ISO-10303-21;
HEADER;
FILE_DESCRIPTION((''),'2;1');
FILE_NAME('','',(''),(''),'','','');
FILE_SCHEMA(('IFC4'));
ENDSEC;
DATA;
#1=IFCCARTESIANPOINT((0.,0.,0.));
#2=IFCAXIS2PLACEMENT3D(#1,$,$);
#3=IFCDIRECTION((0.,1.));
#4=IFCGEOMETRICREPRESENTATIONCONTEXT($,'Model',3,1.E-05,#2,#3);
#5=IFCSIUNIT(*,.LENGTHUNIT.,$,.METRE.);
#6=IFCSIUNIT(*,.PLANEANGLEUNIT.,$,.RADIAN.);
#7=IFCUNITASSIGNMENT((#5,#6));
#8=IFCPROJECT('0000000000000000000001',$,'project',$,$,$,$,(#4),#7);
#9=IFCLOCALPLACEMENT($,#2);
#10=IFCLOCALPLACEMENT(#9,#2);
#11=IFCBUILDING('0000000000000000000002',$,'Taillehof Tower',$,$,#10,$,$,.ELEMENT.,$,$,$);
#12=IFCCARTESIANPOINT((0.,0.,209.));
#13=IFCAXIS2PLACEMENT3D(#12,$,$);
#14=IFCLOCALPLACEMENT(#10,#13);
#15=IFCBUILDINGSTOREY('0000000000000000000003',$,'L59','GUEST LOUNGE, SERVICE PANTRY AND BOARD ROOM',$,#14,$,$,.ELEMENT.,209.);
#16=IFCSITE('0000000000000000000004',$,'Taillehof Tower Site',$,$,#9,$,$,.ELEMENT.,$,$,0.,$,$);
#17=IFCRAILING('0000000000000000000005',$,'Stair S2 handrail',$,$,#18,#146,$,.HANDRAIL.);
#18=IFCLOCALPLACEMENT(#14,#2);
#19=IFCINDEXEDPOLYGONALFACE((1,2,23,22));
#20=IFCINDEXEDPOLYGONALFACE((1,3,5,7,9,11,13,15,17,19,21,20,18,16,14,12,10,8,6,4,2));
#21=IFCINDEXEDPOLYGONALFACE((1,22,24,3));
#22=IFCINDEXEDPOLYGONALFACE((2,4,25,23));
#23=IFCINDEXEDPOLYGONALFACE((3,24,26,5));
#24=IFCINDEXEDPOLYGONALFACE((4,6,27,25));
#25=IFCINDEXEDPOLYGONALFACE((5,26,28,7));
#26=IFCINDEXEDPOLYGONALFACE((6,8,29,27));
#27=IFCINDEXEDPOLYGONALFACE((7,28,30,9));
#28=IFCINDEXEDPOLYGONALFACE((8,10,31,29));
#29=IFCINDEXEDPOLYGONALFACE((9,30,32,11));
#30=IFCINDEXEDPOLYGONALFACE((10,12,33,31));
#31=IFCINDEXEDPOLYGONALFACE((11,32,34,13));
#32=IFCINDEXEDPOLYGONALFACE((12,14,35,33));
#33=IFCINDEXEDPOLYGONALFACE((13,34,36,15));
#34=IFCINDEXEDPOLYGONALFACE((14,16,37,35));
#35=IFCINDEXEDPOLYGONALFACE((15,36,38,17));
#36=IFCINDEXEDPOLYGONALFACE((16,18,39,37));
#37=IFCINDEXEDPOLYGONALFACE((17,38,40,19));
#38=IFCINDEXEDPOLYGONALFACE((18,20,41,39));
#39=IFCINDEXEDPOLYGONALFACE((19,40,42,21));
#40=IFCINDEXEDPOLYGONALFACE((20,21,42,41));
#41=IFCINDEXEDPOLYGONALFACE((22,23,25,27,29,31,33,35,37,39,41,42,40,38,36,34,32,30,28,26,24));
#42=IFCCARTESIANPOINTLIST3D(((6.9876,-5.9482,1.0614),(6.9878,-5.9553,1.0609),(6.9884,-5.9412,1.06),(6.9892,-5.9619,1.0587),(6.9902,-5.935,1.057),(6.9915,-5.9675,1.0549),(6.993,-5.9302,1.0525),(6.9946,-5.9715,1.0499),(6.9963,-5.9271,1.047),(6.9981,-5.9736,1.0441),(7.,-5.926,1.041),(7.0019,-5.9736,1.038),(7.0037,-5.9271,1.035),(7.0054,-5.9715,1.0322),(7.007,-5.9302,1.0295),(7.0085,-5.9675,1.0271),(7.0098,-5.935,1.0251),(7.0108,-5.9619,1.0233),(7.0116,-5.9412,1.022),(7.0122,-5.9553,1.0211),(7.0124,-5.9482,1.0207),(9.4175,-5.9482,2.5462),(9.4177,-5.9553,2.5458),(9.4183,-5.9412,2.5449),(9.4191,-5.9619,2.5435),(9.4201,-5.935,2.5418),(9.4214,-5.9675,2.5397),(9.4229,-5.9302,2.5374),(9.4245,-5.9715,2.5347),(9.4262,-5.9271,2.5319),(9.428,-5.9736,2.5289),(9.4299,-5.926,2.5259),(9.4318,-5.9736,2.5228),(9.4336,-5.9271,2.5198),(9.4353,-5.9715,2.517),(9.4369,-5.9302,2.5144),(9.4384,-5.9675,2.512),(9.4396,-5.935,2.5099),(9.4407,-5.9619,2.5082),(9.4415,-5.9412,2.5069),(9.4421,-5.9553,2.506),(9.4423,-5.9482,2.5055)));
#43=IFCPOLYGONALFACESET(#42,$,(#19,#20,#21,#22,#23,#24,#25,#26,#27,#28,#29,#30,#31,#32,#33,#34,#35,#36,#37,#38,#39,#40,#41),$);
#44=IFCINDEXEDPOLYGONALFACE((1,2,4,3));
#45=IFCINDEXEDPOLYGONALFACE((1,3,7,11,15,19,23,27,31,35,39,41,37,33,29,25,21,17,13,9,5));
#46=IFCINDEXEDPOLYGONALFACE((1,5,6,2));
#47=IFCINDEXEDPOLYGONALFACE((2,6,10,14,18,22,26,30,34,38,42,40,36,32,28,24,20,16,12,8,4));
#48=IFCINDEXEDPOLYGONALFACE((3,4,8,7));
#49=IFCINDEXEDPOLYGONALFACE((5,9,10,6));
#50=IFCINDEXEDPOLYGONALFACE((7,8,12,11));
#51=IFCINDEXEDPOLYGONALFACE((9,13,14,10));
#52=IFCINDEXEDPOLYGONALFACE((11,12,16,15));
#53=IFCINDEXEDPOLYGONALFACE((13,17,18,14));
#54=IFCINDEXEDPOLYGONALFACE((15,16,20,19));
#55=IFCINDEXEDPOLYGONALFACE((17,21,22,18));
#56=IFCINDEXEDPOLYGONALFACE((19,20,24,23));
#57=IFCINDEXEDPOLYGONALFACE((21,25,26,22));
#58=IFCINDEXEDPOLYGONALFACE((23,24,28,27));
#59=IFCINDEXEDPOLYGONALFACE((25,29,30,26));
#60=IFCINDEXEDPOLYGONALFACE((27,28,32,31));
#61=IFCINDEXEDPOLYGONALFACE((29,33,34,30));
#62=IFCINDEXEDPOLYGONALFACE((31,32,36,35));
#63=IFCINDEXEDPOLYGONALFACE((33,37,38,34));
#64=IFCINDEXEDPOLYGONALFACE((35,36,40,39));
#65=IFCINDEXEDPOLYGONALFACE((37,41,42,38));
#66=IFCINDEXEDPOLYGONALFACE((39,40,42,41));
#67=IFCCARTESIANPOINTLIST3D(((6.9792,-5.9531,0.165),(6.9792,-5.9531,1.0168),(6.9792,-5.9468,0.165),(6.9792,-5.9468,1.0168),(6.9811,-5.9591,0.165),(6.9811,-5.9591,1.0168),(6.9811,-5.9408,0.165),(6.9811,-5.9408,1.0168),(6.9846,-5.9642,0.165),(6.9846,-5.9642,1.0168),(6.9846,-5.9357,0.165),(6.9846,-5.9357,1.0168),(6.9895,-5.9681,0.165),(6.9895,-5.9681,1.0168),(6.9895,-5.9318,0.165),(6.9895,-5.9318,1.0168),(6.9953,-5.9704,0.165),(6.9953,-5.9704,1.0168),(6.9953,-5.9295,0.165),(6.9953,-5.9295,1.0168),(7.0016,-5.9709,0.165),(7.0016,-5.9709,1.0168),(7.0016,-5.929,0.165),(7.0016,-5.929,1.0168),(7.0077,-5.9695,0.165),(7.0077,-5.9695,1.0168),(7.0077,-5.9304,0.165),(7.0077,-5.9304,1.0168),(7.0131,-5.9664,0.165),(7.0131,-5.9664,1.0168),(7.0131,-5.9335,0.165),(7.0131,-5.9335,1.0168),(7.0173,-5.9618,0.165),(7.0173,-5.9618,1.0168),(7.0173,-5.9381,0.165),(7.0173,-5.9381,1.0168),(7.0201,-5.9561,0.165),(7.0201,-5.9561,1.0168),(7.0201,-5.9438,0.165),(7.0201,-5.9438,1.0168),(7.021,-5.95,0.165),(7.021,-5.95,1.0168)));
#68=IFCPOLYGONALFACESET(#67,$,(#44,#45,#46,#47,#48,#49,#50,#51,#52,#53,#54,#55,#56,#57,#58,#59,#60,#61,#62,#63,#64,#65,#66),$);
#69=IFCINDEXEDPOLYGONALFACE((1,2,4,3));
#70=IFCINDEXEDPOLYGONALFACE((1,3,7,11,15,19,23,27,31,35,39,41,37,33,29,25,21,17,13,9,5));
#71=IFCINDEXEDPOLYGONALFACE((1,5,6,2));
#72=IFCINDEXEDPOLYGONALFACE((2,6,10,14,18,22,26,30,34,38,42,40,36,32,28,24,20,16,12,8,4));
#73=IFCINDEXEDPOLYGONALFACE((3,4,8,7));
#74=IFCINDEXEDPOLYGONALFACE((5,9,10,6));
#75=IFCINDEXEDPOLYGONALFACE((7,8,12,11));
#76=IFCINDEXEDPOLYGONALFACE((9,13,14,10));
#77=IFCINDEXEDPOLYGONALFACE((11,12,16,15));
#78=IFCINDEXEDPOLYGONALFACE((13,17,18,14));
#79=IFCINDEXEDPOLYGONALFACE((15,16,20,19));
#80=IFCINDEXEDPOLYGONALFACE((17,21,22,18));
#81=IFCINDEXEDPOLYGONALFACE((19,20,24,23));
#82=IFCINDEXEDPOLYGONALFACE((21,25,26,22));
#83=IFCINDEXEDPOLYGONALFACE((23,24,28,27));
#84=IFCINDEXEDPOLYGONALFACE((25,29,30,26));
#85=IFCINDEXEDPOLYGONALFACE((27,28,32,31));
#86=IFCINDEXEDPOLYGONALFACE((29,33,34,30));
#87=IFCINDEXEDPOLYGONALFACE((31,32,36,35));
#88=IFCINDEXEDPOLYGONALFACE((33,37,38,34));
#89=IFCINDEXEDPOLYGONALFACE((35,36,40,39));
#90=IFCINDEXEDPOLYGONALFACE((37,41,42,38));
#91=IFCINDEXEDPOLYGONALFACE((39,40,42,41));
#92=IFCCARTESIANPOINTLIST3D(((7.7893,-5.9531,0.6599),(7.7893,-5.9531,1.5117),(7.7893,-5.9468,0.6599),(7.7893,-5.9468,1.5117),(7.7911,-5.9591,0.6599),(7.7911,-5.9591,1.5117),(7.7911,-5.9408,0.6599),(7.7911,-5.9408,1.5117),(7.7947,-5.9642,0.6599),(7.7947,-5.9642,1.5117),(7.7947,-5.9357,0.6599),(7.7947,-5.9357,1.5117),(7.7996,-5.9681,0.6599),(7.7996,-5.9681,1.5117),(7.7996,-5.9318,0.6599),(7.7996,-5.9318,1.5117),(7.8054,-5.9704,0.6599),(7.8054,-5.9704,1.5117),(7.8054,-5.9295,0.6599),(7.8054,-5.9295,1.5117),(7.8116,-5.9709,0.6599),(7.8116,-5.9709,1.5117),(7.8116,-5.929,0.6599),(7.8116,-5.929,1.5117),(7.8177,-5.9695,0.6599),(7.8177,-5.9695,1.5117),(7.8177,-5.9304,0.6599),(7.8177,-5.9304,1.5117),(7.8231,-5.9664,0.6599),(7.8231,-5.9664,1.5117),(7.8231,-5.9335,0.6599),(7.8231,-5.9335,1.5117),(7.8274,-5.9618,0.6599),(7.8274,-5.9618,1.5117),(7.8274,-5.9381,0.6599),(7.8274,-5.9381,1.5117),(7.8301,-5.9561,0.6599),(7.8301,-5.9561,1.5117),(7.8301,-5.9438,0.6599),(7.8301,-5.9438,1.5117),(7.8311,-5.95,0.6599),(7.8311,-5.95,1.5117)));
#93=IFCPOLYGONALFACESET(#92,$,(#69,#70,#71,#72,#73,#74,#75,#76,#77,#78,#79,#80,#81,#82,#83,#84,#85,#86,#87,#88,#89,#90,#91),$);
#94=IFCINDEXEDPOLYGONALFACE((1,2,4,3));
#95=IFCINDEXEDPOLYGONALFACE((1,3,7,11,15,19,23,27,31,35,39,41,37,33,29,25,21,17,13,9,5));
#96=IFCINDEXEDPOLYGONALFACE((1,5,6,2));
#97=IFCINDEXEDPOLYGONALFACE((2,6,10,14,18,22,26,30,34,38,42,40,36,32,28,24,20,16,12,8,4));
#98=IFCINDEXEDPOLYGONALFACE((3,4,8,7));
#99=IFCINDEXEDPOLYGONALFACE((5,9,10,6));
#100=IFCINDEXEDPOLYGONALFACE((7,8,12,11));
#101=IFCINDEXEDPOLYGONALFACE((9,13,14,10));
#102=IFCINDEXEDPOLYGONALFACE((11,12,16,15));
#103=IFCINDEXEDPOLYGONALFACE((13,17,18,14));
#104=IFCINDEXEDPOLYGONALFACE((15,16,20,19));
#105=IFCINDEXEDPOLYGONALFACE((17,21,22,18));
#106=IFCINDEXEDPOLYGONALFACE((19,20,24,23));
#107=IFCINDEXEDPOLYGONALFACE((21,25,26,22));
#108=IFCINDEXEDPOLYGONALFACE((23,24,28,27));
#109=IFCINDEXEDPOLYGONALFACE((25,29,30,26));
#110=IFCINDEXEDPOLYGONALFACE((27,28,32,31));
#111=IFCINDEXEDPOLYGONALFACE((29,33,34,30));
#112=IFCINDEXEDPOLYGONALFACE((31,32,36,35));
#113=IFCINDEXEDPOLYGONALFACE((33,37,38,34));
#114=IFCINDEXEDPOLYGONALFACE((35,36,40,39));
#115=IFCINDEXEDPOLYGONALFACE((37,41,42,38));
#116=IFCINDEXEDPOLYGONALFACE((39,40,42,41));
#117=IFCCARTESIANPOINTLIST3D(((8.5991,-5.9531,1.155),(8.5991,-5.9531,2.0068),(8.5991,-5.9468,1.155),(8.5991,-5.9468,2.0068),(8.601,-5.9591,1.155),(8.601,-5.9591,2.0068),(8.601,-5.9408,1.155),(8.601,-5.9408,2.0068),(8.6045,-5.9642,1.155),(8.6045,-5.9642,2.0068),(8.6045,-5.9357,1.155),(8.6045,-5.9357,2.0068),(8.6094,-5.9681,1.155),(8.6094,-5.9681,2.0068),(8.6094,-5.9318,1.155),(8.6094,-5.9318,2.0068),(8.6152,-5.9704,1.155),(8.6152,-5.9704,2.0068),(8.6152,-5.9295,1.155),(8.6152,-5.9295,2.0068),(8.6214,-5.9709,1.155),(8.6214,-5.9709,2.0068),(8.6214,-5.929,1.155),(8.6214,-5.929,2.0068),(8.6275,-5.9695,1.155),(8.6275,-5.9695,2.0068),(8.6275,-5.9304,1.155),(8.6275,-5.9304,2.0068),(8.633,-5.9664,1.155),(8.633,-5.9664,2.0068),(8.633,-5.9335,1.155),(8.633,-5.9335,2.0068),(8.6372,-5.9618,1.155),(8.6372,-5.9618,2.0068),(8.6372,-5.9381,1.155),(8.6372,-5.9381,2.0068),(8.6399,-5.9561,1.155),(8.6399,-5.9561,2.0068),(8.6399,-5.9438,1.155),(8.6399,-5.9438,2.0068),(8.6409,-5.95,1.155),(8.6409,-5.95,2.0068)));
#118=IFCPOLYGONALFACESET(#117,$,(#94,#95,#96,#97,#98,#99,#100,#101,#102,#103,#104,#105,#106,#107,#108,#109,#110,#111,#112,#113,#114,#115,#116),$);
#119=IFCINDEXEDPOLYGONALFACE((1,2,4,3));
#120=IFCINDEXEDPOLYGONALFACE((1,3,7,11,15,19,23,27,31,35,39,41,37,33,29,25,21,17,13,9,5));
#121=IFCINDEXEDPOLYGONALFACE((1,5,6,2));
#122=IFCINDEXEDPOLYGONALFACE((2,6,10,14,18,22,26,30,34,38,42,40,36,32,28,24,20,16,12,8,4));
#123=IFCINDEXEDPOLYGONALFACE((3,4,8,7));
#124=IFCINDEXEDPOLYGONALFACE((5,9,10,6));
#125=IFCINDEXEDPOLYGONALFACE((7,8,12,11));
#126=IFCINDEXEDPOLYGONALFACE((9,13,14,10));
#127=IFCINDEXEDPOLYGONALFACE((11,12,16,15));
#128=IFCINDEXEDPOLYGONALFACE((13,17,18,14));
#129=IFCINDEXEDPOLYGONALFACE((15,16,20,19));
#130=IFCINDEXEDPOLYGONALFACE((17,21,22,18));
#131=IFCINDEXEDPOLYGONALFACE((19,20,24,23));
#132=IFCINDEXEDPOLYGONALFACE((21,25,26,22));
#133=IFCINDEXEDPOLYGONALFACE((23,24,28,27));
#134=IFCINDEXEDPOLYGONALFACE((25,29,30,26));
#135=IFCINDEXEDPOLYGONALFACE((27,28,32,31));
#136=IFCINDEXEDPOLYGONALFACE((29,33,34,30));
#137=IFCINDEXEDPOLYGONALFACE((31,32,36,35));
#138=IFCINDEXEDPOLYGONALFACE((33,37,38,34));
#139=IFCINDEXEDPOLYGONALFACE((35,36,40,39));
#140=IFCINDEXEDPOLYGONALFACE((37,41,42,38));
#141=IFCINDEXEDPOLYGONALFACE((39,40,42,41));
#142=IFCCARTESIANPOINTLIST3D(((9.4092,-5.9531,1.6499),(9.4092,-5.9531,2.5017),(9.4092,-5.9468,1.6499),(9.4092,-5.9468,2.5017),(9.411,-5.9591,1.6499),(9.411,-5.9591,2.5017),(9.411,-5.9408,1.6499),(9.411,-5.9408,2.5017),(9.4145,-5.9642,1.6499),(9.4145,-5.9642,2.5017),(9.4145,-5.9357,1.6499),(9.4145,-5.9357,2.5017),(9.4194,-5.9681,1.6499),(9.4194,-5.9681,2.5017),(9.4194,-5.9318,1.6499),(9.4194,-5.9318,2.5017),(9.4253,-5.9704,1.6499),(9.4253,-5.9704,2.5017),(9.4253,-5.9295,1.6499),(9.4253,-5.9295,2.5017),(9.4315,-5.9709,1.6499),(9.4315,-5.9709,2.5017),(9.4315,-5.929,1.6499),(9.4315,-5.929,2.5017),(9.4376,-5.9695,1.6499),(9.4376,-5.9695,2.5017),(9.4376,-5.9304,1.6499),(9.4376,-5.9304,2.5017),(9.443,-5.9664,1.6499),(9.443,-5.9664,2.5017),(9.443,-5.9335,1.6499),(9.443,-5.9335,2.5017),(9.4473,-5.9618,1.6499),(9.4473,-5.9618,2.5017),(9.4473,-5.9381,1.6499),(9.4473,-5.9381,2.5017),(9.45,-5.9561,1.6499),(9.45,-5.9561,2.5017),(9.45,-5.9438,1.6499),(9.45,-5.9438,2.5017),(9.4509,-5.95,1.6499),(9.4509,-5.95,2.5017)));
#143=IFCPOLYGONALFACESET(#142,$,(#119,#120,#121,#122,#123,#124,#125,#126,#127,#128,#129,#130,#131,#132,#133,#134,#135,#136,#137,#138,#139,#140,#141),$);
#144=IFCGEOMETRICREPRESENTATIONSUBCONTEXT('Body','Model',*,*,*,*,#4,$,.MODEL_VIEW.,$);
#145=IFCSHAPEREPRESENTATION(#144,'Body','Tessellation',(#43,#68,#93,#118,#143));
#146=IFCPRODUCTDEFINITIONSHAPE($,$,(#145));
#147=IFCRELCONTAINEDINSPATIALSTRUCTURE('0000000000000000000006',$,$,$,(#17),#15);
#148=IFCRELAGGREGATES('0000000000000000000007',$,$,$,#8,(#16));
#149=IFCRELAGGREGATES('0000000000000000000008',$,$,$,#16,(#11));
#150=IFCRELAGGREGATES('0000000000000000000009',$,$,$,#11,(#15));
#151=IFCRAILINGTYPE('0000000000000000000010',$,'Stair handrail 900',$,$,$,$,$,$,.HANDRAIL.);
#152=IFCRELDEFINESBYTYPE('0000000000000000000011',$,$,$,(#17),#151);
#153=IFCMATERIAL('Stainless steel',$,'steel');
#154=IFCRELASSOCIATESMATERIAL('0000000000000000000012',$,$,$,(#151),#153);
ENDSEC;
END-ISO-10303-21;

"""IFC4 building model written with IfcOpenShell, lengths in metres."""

from ifc_helpers import new_model, si_unit, direction, frame, origin, origin_2d, place, context, subcontext, project, spatial, circle, extrude, material, type_object, element, save


model = new_model("IFC4")

# Units and contexts
model_context = context("Model", 3, precision=1e-05, world=origin(), true_north=direction((0.0, 1.0)))
body_context = subcontext(model_context, "Body", "Model", "MODEL_VIEW")
ifc_project = project(units=[si_unit("LENGTHUNIT", "METRE"), si_unit("PLANEANGLEUNIT", "RADIAN")], contexts=[model_context])

# Site, building, storey
site_placement = place(None, origin())
site = spatial("IfcSite", under=ifc_project, at=site_placement, Name="Taillehof Tower Site", CompositionType="ELEMENT", RefElevation=0.0)
building_placement = place(site_placement, origin())
building = spatial("IfcBuilding", under=site, at=building_placement, Name="Taillehof Tower", CompositionType="ELEMENT")
storey_placement = place(building_placement, frame((0.0, 0.0, 209.0)))
storey = spatial("IfcBuildingStorey", under=building, at=storey_placement, Name="L59", Description="GUEST LOUNGE, SERVICE PANTRY AND BOARD ROOM", CompositionType="ELEMENT", Elevation=209.0)

# Railing
ifc_material_1 = material(Name="Stainless steel", Category="steel")
railing_type = type_object("IfcRailingType", Name="Stair handrail 900", PredefinedType="HANDRAIL", material=ifc_material_1)
railing_placement = place(storey_placement, frame((7.0, -5.95, 0.165)))
element("IfcRailing", 1, at=railing_placement, inside=storey, type_object=railing_type, Name="Stair S2 handrail", PredefinedType="HANDRAIL", context=body_context, shape_type="SweptSolid", body=[
    extrude(circle(Radius=0.0239, at=origin_2d()), frame((0.0, 0.0, 0.876), z_axis=(0.853297, 0.0, 0.521426), x_axis=(0.0, 1.0, 0.0)), (0.0, 0.0, 1.0), 2.8477),
    extrude(circle(Radius=0.021, at=origin_2d()), origin(), (0.0, 0.0, 1.0), 0.8518),
    extrude(circle(Radius=0.021, at=origin_2d()), frame((0.8101, 0.0, 0.4949)), (0.0, 0.0, 1.0), 0.8518),
    extrude(circle(Radius=0.021, at=origin_2d()), frame((1.6199, 0.0, 0.99)), (0.0, 0.0, 1.0), 0.8518),
    extrude(circle(Radius=0.021, at=origin_2d()), frame((2.4299, 0.0, 1.4849)), (0.0, 0.0, 1.0), 0.8518),
])

save(model, "model.ifc")
